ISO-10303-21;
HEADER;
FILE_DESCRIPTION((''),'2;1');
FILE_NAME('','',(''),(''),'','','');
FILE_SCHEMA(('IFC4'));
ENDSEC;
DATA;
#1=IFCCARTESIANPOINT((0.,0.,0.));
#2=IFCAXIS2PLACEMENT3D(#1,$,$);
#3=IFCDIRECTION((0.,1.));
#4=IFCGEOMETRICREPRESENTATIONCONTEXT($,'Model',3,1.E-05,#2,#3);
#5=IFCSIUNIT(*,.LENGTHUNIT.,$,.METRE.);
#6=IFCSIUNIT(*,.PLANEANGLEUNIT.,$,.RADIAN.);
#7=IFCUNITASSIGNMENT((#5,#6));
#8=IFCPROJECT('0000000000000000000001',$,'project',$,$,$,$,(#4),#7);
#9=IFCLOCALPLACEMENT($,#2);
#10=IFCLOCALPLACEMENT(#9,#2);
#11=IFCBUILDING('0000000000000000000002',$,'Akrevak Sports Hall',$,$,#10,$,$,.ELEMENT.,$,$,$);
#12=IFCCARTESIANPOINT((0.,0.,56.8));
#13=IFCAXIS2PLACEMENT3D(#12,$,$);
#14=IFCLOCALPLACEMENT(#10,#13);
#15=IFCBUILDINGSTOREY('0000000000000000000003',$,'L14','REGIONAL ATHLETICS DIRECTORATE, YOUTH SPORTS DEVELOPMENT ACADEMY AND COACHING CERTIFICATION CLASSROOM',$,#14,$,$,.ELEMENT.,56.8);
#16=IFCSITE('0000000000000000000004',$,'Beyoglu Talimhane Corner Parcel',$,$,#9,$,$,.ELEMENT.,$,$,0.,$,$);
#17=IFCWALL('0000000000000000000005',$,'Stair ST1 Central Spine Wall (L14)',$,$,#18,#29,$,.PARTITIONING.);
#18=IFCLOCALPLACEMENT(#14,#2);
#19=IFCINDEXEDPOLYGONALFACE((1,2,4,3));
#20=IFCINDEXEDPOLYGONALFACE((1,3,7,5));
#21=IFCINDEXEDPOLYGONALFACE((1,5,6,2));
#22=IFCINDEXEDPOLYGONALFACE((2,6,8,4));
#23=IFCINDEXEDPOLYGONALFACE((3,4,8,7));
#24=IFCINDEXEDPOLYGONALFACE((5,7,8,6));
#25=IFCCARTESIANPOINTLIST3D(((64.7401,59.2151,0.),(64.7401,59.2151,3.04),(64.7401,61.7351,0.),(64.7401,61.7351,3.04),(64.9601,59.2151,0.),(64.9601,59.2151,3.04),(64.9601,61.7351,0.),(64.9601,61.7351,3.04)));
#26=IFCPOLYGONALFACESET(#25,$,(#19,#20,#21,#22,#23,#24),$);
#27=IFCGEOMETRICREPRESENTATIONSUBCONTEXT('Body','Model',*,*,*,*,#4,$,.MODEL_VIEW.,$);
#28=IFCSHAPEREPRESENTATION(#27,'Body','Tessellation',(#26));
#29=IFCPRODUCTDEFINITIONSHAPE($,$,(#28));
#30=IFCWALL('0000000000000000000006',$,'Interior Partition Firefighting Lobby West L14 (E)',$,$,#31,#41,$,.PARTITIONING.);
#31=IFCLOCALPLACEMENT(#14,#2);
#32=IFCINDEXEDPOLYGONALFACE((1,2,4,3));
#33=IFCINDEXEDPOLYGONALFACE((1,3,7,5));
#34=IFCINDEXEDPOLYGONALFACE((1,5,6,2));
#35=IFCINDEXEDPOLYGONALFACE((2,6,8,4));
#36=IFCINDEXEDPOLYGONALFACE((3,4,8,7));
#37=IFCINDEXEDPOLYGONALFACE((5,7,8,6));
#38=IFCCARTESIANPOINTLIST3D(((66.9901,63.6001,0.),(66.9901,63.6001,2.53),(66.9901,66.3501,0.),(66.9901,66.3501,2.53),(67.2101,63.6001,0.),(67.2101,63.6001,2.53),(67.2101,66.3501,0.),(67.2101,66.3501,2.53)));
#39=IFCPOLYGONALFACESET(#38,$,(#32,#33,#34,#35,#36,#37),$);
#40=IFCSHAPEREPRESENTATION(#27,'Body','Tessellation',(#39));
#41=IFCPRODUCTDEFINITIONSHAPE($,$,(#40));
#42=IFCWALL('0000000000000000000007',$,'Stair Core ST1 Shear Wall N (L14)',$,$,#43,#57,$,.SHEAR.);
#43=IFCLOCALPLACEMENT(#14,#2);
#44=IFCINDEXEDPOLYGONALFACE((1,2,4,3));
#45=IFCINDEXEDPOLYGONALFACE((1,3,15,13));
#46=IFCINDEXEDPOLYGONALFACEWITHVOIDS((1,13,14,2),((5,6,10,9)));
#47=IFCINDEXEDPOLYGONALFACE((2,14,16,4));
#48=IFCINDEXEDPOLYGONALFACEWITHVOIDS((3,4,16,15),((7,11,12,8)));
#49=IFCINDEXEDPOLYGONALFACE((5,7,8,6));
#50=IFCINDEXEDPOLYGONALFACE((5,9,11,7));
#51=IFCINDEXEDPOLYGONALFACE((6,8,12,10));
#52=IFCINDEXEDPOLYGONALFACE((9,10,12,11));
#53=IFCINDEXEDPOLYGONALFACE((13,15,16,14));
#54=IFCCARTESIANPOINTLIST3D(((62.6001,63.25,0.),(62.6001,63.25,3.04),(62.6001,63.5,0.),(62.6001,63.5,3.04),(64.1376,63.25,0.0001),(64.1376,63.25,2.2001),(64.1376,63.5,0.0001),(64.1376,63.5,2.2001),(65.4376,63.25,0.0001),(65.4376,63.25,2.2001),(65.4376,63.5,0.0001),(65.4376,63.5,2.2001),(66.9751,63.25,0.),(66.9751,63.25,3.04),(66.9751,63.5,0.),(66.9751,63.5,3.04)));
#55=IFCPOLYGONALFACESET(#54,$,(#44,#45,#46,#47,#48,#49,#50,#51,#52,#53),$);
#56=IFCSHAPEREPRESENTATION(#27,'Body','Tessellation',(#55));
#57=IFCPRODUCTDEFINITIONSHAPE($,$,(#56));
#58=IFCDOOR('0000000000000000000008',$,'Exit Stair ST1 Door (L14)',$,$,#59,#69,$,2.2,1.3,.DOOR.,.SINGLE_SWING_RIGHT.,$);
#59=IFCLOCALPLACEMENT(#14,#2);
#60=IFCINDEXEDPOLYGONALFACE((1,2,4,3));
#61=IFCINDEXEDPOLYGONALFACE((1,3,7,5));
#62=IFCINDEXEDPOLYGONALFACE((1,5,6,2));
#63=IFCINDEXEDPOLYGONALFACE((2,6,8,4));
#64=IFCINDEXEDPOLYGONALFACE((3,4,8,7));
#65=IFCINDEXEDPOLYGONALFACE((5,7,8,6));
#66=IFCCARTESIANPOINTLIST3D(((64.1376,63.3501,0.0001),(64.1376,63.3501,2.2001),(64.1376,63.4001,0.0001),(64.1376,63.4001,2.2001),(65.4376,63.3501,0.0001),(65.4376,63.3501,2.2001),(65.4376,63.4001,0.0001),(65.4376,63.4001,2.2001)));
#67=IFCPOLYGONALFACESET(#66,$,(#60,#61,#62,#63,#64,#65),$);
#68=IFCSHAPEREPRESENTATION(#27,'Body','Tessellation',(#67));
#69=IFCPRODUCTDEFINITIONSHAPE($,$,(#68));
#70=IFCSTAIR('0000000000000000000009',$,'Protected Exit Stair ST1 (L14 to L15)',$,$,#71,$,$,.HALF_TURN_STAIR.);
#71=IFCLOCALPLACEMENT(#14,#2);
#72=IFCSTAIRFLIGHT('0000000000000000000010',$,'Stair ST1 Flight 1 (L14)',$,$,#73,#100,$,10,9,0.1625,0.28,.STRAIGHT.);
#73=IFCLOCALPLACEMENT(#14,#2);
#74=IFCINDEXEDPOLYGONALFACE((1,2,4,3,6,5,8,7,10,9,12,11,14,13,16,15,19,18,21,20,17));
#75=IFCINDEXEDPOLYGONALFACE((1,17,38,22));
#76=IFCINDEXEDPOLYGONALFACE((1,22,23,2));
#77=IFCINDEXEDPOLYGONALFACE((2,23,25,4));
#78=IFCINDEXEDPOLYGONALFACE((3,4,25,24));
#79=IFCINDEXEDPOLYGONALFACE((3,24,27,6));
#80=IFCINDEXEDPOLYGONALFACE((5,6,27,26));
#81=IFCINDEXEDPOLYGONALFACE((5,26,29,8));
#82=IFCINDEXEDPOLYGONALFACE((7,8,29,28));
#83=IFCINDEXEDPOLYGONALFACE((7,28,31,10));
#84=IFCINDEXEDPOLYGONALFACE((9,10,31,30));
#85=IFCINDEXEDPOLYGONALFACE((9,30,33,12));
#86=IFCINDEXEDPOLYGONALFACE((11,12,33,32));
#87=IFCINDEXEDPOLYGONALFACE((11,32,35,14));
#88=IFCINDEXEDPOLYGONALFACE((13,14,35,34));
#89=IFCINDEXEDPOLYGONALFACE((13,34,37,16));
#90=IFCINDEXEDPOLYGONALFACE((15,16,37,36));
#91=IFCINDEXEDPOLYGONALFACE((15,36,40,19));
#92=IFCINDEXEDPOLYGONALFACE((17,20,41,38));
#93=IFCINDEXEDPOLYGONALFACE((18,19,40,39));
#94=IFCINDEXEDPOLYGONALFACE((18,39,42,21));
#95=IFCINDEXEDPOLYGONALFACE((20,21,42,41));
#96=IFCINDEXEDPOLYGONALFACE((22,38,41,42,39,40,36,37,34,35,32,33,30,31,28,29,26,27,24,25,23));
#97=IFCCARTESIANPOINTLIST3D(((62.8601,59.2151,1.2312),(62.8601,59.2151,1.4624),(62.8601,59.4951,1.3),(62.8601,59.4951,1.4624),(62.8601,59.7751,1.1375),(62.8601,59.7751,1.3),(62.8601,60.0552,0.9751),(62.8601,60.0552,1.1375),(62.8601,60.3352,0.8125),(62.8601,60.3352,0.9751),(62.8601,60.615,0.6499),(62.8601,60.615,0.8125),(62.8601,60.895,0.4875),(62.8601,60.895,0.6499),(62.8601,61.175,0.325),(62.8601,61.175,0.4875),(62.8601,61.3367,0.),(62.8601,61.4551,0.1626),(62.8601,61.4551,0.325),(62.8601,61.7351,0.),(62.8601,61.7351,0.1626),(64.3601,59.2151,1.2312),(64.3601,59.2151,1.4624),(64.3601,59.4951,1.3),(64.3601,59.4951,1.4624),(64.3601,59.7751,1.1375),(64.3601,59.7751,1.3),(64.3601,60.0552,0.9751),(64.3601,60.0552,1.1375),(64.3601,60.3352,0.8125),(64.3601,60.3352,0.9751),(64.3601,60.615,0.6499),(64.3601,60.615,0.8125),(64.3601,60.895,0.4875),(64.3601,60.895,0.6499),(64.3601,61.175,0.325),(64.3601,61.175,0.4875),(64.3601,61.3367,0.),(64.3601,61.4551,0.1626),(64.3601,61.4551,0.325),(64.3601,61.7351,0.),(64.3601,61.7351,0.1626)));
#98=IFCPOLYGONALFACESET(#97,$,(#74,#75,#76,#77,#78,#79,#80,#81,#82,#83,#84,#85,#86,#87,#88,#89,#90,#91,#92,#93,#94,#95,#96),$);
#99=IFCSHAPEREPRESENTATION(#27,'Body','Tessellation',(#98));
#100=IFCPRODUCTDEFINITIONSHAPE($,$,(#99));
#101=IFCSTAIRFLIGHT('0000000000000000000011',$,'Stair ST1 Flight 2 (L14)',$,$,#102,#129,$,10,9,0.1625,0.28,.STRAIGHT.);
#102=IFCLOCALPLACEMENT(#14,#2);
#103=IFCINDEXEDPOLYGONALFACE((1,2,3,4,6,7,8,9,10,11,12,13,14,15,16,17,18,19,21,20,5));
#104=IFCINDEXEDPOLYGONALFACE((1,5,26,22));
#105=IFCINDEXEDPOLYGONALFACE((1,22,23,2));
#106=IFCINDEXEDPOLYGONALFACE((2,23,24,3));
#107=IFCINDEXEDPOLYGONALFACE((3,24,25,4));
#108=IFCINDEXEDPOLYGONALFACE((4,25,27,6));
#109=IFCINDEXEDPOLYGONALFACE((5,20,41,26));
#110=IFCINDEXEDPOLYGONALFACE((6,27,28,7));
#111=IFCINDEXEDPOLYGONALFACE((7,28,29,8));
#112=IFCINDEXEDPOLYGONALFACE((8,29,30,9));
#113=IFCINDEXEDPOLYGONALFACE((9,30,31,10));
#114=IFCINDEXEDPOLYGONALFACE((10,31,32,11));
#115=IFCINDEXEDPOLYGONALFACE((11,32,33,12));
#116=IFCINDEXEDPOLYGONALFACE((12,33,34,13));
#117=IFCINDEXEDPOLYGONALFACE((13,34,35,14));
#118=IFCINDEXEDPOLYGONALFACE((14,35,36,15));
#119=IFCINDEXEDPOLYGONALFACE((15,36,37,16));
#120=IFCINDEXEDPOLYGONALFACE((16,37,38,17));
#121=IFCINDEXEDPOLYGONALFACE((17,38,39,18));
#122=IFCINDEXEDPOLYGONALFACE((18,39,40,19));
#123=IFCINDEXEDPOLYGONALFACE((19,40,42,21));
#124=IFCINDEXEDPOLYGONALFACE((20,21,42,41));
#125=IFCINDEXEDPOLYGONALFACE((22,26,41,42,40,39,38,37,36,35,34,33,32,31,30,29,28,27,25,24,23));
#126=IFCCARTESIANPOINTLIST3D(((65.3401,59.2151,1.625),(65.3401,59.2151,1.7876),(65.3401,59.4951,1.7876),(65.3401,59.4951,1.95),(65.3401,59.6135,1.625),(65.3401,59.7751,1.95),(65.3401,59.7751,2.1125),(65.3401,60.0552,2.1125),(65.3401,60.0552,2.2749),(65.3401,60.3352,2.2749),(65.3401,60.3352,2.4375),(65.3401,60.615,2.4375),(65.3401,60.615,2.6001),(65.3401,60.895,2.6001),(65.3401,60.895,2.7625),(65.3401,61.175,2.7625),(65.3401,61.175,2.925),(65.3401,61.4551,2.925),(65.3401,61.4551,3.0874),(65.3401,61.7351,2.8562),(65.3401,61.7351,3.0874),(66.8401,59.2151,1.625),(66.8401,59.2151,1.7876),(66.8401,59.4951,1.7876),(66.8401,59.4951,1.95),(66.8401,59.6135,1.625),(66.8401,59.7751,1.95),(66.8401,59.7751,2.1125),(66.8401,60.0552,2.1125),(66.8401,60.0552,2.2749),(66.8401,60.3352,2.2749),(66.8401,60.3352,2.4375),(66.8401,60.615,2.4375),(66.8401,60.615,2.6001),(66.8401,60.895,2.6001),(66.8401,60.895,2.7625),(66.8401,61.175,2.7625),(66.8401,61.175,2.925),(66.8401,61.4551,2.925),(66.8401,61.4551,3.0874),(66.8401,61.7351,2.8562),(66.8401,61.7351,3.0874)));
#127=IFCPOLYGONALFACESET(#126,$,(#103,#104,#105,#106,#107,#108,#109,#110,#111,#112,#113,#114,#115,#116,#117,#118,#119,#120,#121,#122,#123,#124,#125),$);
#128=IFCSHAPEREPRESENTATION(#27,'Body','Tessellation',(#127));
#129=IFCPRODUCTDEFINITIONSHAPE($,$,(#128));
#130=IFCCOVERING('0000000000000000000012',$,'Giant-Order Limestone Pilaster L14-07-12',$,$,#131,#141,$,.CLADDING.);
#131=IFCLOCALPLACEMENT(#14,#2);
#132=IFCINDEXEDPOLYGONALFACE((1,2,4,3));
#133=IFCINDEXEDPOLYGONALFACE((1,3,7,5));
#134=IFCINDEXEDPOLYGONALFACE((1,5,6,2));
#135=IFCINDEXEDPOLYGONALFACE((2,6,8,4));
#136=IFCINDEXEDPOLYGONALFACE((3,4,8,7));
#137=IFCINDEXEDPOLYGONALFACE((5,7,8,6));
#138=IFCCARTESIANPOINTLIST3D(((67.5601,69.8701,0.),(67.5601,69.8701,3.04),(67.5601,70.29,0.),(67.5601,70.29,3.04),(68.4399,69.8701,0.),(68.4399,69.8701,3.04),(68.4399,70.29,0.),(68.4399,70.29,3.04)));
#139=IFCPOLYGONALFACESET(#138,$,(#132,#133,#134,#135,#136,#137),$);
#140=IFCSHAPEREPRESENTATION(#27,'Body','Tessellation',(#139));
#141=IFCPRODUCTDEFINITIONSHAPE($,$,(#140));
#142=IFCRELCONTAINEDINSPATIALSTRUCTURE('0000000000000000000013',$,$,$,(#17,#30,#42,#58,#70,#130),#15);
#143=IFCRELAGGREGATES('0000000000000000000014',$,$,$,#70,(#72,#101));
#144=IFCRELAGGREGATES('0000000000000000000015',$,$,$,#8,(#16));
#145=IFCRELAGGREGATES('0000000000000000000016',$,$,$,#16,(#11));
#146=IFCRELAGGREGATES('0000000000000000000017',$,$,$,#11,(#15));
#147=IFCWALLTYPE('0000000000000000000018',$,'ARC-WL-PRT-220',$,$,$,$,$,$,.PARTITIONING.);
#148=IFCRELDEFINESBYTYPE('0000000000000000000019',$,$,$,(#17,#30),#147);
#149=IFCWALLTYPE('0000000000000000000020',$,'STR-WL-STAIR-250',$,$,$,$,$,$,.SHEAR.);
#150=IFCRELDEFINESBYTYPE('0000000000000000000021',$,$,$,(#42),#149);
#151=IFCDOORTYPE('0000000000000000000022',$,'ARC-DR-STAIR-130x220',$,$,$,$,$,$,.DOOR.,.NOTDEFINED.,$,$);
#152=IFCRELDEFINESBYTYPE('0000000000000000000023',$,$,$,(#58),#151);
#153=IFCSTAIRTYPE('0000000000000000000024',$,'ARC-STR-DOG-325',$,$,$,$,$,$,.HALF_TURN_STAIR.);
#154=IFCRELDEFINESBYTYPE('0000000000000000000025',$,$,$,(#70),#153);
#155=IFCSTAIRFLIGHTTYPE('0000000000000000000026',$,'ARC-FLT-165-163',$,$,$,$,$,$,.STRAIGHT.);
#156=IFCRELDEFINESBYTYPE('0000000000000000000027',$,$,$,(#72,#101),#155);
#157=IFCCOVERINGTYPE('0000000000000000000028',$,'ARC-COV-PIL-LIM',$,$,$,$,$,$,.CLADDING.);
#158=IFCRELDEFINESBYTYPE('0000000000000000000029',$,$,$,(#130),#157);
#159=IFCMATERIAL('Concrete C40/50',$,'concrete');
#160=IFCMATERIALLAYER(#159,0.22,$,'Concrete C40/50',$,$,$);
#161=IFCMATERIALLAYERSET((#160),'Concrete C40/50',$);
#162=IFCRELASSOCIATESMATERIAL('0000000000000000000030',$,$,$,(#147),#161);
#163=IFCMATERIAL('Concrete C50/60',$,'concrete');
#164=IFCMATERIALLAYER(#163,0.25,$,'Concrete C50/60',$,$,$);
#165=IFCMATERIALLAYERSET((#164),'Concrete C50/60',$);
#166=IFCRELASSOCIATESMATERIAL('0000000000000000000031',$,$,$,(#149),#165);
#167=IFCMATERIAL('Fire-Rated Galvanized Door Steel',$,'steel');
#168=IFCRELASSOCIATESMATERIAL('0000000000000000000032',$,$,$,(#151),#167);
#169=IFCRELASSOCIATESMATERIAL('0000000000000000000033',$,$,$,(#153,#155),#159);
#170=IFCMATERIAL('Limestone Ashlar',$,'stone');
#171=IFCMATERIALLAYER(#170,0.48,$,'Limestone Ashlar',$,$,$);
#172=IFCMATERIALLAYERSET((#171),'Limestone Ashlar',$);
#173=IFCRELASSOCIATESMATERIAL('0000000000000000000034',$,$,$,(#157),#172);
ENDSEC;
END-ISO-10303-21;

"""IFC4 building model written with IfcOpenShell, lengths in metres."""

from ifc_helpers import new_model, si_unit, direction, frame, frame_2d, origin, origin_2d, place, context, subcontext, project, spatial, polyline, rectangle, outline, extrude, material, layer, layer_set, type_object, element, fill, aggregate, save


model = new_model("IFC4")

# Units and contexts
model_context = context("Model", 3, precision=1e-05, world=origin(), true_north=direction((0.0, 1.0)))
body_context = subcontext(model_context, "Body", "Model", "MODEL_VIEW")
ifc_project = project(units=[si_unit("LENGTHUNIT", "METRE"), si_unit("PLANEANGLEUNIT", "RADIAN")], contexts=[model_context])

# Site, building, storey
site_placement = place(None, origin())
site = spatial("IfcSite", under=ifc_project, at=site_placement, Name="Beyoglu Talimhane Corner Parcel", CompositionType="ELEMENT", RefElevation=0.0)
building_placement = place(site_placement, origin())
building = spatial("IfcBuilding", under=site, at=building_placement, Name="Akrevak Sports Hall", CompositionType="ELEMENT")
storey_placement = place(building_placement, frame((0.0, 0.0, 56.8)))
storey = spatial("IfcBuildingStorey", under=building, at=storey_placement, Name="L14", Description="REGIONAL ATHLETICS DIRECTORATE, YOUTH SPORTS DEVELOPMENT ACADEMY AND COACHING CERTIFICATION CLASSROOM", CompositionType="ELEMENT", Elevation=56.8)

# Shared definitions
ifc_material_1 = material(Name="Concrete C40/50", Category="concrete")

# Walls
ifc_layer_1 = layer(ifc_material_1, 0.22, Name="Concrete C40/50")
ifc_layer_set_1 = layer_set([ifc_layer_1], Name="Concrete C40/50")
wall_type_1 = type_object("IfcWallType", Name="ARC-WL-PRT-220", PredefinedType="PARTITIONING", material=ifc_layer_set_1)
wall_1_placement = place(storey_placement, frame((64.8501, 59.2151, 0.0), z_axis=(0.0, 0.0, 1.0), x_axis=(0.0, 1.0, 0.0)))
element("IfcWall", 1, at=wall_1_placement, inside=storey, type_object=wall_type_1, Name="Stair ST1 Central Spine Wall (L14)", PredefinedType="PARTITIONING", context=body_context, shape_type="SweptSolid", body=[
    extrude(rectangle(XDim=2.52, YDim=0.22, at=frame_2d((1.26, 0.0))), origin(), (0.0, 0.0, 1.0), 3.04),
])
wall_2_placement = place(storey_placement, frame((67.1001, 63.6001, 0.0), z_axis=(0.0, 0.0, 1.0), x_axis=(0.0, 1.0, 0.0)))
element("IfcWall", 2, at=wall_2_placement, inside=storey, type_object=wall_type_1, Name="Interior Partition Firefighting Lobby West L14 (E)", PredefinedType="PARTITIONING", context=body_context, shape_type="SweptSolid", body=[
    extrude(rectangle(XDim=2.75, YDim=0.22, at=frame_2d((1.375, 0.0))), origin(), (0.0, 0.0, 1.0), 2.53),
])

# Wall, opening, door
ifc_material_2 = material(Name="Concrete C50/60", Category="concrete")
ifc_layer_2 = layer(ifc_material_2, 0.25, Name="Concrete C50/60")
ifc_layer_set_2 = layer_set([ifc_layer_2], Name="Concrete C50/60")
wall_type_2 = type_object("IfcWallType", Name="STR-WL-STAIR-250", PredefinedType="SHEAR", material=ifc_layer_set_2)
wall_3_placement = place(storey_placement, frame((66.9751, 63.375, 0.0), z_axis=(0.0, 0.0, 1.0), x_axis=(-1.0, 0.0, 0.0)))
wall_3 = element("IfcWall", 3, at=wall_3_placement, inside=storey, type_object=wall_type_2, Name="Stair Core ST1 Shear Wall N (L14)", PredefinedType="SHEAR", context=body_context, shape_type="SweptSolid", body=[
    extrude(rectangle(XDim=4.375, YDim=0.25, at=frame_2d((2.1875, 0.0))), origin(), (0.0, 0.0, 1.0), 3.04),
])
opening_placement = place(wall_3_placement, frame((1.5376, 0.0, 0.0)))
opening = element("IfcOpeningElement", 4, at=opening_placement, cuts=wall_3, PredefinedType="OPENING", context=body_context, shape_type="SweptSolid", body=[
    extrude(rectangle(XDim=1.3, YDim=2.2, at=frame_2d((0.6499, 1.1001))), frame((0.0, 0.137, 0.0), z_axis=(0.0, -1.0, 0.0), x_axis=(1.0, 0.0, 0.0)), (0.0, 0.0, 1.0), 0.2739),
])
ifc_material_3 = material(Name="Fire-Rated Galvanized Door Steel", Category="steel")
door_type = type_object("IfcDoorType", Name="ARC-DR-STAIR-130x220", OperationType="NOTDEFINED", PredefinedType="DOOR", material=ifc_material_3)
door_placement = place(opening_placement, origin())
door = element("IfcDoor", 5, at=door_placement, inside=storey, type_object=door_type, Name="Exit Stair ST1 Door (L14)", OperationType="SINGLE_SWING_RIGHT", OverallHeight=2.2, OverallWidth=1.3, PredefinedType="DOOR", context=body_context, shape_type="SweptSolid", body=[
    extrude(rectangle(XDim=1.3, YDim=2.2, at=frame_2d((0.6499, 1.1001))), frame((0.0, 0.0249, 0.0), z_axis=(0.0, -1.0, 0.0), x_axis=(1.0, 0.0, 0.0)), (0.0, 0.0, 1.0), 0.05),
])
fill(opening, door)

# Stair, stair flights
stair_type = type_object("IfcStairType", Name="ARC-STR-DOG-325", PredefinedType="HALF_TURN_STAIR", material=ifc_material_1)
stair_placement = place(storey_placement, origin())
stair = element("IfcStair", 6, at=stair_placement, inside=storey, type_object=stair_type, Name="Protected Exit Stair ST1 (L14 to L15)", PredefinedType="HALF_TURN_STAIR")
stair_flight_type = type_object("IfcStairFlightType", Name="ARC-FLT-165-163", PredefinedType="STRAIGHT", material=ifc_material_1)
stair_flight_1_placement = place(storey_placement, frame((63.6101, 61.7351, 0.0), z_axis=(0.0, 0.0, 1.0), x_axis=(0.0, -1.0, 0.0)))
stair_flight_1 = element("IfcStairFlight", 7, at=stair_flight_1_placement, type_object=stair_flight_type, Name="Stair ST1 Flight 1 (L14)", NumberOfRisers=10, NumberOfTreads=9, PredefinedType="STRAIGHT", RiserHeight=0.1625, TreadLength=0.28, context=body_context, shape_type="SweptSolid", body=[
    extrude(outline(polyline([(0.0, 0.0), (0.0, 0.1626), (0.28, 0.1626), (0.28, 0.325), (0.5601, 0.325), (0.5601, 0.4875), (0.8401, 0.4875), (0.8401, 0.6499), (1.1201, 0.6499), (1.1201, 0.8125), (1.3999, 0.8125), (1.3999, 0.9751), (1.6799, 0.9751), (1.6799, 1.1375), (1.96, 1.1375), (1.96, 1.3), (2.24, 1.3), (2.24, 1.4624), (2.52, 1.4624), (2.52, 1.625), (2.52, 1.2312), (0.3984, 0.0), (0.0, 0.0)])), frame((0.0, 0.75, 0.0), z_axis=(0.0, -1.0, 0.0), x_axis=(1.0, 0.0, 0.0)), (0.0, 0.0, 1.0), 1.5),
])
stair_flight_2_placement = place(storey_placement, frame((66.0901, 59.2151, 1.625), z_axis=(0.0, 0.0, 1.0), x_axis=(0.0, 1.0, 0.0)))
stair_flight_2 = element("IfcStairFlight", 8, at=stair_flight_2_placement, type_object=stair_flight_type, Name="Stair ST1 Flight 2 (L14)", NumberOfRisers=10, NumberOfTreads=9, PredefinedType="STRAIGHT", RiserHeight=0.1625, TreadLength=0.28, context=body_context, shape_type="SweptSolid", body=[
    extrude(outline(polyline([(0.0, 0.0), (0.0, 0.1626), (0.28, 0.1626), (0.28, 0.325), (0.5601, 0.325), (0.5601, 0.4875), (0.8401, 0.4875), (0.8401, 0.6499), (1.1201, 0.6499), (1.1201, 0.8125), (1.3999, 0.8125), (1.3999, 0.9751), (1.6799, 0.9751), (1.6799, 1.1375), (1.96, 1.1375), (1.96, 1.3), (2.24, 1.3), (2.24, 1.4624), (2.52, 1.4624), (2.52, 1.625), (2.52, 1.2312), (0.3984, 0.0), (0.0, 0.0)])), frame((0.0, 0.75, 0.0), z_axis=(0.0, -1.0, 0.0), x_axis=(1.0, 0.0, 0.0)), (0.0, 0.0, 1.0), 1.5),
])
aggregate(stair, [stair_flight_1, stair_flight_2])

# Covering
ifc_material_4 = material(Name="Limestone Ashlar", Category="stone")
ifc_layer_3 = layer(ifc_material_4, 0.48, Name="Limestone Ashlar")
ifc_layer_set_3 = layer_set([ifc_layer_3], Name="Limestone Ashlar")
covering_type = type_object("IfcCoveringType", Name="ARC-COV-PIL-LIM", PredefinedType="CLADDING", material=ifc_layer_set_3)
covering_placement = place(storey_placement, frame((68.0, 70.0801, 0.0), z_axis=(0.0, 0.0, 1.0), x_axis=(-1.0, 0.0, 0.0)))
element("IfcCovering", 9, at=covering_placement, inside=storey, type_object=covering_type, Name="Giant-Order Limestone Pilaster L14-07-12", PredefinedType="CLADDING", context=body_context, shape_type="SweptSolid", body=[
    extrude(rectangle(XDim=0.8799, YDim=0.4199, at=origin_2d()), origin(), (0.0, 0.0, 1.0), 3.04),
])

save(model, "model.ifc")
